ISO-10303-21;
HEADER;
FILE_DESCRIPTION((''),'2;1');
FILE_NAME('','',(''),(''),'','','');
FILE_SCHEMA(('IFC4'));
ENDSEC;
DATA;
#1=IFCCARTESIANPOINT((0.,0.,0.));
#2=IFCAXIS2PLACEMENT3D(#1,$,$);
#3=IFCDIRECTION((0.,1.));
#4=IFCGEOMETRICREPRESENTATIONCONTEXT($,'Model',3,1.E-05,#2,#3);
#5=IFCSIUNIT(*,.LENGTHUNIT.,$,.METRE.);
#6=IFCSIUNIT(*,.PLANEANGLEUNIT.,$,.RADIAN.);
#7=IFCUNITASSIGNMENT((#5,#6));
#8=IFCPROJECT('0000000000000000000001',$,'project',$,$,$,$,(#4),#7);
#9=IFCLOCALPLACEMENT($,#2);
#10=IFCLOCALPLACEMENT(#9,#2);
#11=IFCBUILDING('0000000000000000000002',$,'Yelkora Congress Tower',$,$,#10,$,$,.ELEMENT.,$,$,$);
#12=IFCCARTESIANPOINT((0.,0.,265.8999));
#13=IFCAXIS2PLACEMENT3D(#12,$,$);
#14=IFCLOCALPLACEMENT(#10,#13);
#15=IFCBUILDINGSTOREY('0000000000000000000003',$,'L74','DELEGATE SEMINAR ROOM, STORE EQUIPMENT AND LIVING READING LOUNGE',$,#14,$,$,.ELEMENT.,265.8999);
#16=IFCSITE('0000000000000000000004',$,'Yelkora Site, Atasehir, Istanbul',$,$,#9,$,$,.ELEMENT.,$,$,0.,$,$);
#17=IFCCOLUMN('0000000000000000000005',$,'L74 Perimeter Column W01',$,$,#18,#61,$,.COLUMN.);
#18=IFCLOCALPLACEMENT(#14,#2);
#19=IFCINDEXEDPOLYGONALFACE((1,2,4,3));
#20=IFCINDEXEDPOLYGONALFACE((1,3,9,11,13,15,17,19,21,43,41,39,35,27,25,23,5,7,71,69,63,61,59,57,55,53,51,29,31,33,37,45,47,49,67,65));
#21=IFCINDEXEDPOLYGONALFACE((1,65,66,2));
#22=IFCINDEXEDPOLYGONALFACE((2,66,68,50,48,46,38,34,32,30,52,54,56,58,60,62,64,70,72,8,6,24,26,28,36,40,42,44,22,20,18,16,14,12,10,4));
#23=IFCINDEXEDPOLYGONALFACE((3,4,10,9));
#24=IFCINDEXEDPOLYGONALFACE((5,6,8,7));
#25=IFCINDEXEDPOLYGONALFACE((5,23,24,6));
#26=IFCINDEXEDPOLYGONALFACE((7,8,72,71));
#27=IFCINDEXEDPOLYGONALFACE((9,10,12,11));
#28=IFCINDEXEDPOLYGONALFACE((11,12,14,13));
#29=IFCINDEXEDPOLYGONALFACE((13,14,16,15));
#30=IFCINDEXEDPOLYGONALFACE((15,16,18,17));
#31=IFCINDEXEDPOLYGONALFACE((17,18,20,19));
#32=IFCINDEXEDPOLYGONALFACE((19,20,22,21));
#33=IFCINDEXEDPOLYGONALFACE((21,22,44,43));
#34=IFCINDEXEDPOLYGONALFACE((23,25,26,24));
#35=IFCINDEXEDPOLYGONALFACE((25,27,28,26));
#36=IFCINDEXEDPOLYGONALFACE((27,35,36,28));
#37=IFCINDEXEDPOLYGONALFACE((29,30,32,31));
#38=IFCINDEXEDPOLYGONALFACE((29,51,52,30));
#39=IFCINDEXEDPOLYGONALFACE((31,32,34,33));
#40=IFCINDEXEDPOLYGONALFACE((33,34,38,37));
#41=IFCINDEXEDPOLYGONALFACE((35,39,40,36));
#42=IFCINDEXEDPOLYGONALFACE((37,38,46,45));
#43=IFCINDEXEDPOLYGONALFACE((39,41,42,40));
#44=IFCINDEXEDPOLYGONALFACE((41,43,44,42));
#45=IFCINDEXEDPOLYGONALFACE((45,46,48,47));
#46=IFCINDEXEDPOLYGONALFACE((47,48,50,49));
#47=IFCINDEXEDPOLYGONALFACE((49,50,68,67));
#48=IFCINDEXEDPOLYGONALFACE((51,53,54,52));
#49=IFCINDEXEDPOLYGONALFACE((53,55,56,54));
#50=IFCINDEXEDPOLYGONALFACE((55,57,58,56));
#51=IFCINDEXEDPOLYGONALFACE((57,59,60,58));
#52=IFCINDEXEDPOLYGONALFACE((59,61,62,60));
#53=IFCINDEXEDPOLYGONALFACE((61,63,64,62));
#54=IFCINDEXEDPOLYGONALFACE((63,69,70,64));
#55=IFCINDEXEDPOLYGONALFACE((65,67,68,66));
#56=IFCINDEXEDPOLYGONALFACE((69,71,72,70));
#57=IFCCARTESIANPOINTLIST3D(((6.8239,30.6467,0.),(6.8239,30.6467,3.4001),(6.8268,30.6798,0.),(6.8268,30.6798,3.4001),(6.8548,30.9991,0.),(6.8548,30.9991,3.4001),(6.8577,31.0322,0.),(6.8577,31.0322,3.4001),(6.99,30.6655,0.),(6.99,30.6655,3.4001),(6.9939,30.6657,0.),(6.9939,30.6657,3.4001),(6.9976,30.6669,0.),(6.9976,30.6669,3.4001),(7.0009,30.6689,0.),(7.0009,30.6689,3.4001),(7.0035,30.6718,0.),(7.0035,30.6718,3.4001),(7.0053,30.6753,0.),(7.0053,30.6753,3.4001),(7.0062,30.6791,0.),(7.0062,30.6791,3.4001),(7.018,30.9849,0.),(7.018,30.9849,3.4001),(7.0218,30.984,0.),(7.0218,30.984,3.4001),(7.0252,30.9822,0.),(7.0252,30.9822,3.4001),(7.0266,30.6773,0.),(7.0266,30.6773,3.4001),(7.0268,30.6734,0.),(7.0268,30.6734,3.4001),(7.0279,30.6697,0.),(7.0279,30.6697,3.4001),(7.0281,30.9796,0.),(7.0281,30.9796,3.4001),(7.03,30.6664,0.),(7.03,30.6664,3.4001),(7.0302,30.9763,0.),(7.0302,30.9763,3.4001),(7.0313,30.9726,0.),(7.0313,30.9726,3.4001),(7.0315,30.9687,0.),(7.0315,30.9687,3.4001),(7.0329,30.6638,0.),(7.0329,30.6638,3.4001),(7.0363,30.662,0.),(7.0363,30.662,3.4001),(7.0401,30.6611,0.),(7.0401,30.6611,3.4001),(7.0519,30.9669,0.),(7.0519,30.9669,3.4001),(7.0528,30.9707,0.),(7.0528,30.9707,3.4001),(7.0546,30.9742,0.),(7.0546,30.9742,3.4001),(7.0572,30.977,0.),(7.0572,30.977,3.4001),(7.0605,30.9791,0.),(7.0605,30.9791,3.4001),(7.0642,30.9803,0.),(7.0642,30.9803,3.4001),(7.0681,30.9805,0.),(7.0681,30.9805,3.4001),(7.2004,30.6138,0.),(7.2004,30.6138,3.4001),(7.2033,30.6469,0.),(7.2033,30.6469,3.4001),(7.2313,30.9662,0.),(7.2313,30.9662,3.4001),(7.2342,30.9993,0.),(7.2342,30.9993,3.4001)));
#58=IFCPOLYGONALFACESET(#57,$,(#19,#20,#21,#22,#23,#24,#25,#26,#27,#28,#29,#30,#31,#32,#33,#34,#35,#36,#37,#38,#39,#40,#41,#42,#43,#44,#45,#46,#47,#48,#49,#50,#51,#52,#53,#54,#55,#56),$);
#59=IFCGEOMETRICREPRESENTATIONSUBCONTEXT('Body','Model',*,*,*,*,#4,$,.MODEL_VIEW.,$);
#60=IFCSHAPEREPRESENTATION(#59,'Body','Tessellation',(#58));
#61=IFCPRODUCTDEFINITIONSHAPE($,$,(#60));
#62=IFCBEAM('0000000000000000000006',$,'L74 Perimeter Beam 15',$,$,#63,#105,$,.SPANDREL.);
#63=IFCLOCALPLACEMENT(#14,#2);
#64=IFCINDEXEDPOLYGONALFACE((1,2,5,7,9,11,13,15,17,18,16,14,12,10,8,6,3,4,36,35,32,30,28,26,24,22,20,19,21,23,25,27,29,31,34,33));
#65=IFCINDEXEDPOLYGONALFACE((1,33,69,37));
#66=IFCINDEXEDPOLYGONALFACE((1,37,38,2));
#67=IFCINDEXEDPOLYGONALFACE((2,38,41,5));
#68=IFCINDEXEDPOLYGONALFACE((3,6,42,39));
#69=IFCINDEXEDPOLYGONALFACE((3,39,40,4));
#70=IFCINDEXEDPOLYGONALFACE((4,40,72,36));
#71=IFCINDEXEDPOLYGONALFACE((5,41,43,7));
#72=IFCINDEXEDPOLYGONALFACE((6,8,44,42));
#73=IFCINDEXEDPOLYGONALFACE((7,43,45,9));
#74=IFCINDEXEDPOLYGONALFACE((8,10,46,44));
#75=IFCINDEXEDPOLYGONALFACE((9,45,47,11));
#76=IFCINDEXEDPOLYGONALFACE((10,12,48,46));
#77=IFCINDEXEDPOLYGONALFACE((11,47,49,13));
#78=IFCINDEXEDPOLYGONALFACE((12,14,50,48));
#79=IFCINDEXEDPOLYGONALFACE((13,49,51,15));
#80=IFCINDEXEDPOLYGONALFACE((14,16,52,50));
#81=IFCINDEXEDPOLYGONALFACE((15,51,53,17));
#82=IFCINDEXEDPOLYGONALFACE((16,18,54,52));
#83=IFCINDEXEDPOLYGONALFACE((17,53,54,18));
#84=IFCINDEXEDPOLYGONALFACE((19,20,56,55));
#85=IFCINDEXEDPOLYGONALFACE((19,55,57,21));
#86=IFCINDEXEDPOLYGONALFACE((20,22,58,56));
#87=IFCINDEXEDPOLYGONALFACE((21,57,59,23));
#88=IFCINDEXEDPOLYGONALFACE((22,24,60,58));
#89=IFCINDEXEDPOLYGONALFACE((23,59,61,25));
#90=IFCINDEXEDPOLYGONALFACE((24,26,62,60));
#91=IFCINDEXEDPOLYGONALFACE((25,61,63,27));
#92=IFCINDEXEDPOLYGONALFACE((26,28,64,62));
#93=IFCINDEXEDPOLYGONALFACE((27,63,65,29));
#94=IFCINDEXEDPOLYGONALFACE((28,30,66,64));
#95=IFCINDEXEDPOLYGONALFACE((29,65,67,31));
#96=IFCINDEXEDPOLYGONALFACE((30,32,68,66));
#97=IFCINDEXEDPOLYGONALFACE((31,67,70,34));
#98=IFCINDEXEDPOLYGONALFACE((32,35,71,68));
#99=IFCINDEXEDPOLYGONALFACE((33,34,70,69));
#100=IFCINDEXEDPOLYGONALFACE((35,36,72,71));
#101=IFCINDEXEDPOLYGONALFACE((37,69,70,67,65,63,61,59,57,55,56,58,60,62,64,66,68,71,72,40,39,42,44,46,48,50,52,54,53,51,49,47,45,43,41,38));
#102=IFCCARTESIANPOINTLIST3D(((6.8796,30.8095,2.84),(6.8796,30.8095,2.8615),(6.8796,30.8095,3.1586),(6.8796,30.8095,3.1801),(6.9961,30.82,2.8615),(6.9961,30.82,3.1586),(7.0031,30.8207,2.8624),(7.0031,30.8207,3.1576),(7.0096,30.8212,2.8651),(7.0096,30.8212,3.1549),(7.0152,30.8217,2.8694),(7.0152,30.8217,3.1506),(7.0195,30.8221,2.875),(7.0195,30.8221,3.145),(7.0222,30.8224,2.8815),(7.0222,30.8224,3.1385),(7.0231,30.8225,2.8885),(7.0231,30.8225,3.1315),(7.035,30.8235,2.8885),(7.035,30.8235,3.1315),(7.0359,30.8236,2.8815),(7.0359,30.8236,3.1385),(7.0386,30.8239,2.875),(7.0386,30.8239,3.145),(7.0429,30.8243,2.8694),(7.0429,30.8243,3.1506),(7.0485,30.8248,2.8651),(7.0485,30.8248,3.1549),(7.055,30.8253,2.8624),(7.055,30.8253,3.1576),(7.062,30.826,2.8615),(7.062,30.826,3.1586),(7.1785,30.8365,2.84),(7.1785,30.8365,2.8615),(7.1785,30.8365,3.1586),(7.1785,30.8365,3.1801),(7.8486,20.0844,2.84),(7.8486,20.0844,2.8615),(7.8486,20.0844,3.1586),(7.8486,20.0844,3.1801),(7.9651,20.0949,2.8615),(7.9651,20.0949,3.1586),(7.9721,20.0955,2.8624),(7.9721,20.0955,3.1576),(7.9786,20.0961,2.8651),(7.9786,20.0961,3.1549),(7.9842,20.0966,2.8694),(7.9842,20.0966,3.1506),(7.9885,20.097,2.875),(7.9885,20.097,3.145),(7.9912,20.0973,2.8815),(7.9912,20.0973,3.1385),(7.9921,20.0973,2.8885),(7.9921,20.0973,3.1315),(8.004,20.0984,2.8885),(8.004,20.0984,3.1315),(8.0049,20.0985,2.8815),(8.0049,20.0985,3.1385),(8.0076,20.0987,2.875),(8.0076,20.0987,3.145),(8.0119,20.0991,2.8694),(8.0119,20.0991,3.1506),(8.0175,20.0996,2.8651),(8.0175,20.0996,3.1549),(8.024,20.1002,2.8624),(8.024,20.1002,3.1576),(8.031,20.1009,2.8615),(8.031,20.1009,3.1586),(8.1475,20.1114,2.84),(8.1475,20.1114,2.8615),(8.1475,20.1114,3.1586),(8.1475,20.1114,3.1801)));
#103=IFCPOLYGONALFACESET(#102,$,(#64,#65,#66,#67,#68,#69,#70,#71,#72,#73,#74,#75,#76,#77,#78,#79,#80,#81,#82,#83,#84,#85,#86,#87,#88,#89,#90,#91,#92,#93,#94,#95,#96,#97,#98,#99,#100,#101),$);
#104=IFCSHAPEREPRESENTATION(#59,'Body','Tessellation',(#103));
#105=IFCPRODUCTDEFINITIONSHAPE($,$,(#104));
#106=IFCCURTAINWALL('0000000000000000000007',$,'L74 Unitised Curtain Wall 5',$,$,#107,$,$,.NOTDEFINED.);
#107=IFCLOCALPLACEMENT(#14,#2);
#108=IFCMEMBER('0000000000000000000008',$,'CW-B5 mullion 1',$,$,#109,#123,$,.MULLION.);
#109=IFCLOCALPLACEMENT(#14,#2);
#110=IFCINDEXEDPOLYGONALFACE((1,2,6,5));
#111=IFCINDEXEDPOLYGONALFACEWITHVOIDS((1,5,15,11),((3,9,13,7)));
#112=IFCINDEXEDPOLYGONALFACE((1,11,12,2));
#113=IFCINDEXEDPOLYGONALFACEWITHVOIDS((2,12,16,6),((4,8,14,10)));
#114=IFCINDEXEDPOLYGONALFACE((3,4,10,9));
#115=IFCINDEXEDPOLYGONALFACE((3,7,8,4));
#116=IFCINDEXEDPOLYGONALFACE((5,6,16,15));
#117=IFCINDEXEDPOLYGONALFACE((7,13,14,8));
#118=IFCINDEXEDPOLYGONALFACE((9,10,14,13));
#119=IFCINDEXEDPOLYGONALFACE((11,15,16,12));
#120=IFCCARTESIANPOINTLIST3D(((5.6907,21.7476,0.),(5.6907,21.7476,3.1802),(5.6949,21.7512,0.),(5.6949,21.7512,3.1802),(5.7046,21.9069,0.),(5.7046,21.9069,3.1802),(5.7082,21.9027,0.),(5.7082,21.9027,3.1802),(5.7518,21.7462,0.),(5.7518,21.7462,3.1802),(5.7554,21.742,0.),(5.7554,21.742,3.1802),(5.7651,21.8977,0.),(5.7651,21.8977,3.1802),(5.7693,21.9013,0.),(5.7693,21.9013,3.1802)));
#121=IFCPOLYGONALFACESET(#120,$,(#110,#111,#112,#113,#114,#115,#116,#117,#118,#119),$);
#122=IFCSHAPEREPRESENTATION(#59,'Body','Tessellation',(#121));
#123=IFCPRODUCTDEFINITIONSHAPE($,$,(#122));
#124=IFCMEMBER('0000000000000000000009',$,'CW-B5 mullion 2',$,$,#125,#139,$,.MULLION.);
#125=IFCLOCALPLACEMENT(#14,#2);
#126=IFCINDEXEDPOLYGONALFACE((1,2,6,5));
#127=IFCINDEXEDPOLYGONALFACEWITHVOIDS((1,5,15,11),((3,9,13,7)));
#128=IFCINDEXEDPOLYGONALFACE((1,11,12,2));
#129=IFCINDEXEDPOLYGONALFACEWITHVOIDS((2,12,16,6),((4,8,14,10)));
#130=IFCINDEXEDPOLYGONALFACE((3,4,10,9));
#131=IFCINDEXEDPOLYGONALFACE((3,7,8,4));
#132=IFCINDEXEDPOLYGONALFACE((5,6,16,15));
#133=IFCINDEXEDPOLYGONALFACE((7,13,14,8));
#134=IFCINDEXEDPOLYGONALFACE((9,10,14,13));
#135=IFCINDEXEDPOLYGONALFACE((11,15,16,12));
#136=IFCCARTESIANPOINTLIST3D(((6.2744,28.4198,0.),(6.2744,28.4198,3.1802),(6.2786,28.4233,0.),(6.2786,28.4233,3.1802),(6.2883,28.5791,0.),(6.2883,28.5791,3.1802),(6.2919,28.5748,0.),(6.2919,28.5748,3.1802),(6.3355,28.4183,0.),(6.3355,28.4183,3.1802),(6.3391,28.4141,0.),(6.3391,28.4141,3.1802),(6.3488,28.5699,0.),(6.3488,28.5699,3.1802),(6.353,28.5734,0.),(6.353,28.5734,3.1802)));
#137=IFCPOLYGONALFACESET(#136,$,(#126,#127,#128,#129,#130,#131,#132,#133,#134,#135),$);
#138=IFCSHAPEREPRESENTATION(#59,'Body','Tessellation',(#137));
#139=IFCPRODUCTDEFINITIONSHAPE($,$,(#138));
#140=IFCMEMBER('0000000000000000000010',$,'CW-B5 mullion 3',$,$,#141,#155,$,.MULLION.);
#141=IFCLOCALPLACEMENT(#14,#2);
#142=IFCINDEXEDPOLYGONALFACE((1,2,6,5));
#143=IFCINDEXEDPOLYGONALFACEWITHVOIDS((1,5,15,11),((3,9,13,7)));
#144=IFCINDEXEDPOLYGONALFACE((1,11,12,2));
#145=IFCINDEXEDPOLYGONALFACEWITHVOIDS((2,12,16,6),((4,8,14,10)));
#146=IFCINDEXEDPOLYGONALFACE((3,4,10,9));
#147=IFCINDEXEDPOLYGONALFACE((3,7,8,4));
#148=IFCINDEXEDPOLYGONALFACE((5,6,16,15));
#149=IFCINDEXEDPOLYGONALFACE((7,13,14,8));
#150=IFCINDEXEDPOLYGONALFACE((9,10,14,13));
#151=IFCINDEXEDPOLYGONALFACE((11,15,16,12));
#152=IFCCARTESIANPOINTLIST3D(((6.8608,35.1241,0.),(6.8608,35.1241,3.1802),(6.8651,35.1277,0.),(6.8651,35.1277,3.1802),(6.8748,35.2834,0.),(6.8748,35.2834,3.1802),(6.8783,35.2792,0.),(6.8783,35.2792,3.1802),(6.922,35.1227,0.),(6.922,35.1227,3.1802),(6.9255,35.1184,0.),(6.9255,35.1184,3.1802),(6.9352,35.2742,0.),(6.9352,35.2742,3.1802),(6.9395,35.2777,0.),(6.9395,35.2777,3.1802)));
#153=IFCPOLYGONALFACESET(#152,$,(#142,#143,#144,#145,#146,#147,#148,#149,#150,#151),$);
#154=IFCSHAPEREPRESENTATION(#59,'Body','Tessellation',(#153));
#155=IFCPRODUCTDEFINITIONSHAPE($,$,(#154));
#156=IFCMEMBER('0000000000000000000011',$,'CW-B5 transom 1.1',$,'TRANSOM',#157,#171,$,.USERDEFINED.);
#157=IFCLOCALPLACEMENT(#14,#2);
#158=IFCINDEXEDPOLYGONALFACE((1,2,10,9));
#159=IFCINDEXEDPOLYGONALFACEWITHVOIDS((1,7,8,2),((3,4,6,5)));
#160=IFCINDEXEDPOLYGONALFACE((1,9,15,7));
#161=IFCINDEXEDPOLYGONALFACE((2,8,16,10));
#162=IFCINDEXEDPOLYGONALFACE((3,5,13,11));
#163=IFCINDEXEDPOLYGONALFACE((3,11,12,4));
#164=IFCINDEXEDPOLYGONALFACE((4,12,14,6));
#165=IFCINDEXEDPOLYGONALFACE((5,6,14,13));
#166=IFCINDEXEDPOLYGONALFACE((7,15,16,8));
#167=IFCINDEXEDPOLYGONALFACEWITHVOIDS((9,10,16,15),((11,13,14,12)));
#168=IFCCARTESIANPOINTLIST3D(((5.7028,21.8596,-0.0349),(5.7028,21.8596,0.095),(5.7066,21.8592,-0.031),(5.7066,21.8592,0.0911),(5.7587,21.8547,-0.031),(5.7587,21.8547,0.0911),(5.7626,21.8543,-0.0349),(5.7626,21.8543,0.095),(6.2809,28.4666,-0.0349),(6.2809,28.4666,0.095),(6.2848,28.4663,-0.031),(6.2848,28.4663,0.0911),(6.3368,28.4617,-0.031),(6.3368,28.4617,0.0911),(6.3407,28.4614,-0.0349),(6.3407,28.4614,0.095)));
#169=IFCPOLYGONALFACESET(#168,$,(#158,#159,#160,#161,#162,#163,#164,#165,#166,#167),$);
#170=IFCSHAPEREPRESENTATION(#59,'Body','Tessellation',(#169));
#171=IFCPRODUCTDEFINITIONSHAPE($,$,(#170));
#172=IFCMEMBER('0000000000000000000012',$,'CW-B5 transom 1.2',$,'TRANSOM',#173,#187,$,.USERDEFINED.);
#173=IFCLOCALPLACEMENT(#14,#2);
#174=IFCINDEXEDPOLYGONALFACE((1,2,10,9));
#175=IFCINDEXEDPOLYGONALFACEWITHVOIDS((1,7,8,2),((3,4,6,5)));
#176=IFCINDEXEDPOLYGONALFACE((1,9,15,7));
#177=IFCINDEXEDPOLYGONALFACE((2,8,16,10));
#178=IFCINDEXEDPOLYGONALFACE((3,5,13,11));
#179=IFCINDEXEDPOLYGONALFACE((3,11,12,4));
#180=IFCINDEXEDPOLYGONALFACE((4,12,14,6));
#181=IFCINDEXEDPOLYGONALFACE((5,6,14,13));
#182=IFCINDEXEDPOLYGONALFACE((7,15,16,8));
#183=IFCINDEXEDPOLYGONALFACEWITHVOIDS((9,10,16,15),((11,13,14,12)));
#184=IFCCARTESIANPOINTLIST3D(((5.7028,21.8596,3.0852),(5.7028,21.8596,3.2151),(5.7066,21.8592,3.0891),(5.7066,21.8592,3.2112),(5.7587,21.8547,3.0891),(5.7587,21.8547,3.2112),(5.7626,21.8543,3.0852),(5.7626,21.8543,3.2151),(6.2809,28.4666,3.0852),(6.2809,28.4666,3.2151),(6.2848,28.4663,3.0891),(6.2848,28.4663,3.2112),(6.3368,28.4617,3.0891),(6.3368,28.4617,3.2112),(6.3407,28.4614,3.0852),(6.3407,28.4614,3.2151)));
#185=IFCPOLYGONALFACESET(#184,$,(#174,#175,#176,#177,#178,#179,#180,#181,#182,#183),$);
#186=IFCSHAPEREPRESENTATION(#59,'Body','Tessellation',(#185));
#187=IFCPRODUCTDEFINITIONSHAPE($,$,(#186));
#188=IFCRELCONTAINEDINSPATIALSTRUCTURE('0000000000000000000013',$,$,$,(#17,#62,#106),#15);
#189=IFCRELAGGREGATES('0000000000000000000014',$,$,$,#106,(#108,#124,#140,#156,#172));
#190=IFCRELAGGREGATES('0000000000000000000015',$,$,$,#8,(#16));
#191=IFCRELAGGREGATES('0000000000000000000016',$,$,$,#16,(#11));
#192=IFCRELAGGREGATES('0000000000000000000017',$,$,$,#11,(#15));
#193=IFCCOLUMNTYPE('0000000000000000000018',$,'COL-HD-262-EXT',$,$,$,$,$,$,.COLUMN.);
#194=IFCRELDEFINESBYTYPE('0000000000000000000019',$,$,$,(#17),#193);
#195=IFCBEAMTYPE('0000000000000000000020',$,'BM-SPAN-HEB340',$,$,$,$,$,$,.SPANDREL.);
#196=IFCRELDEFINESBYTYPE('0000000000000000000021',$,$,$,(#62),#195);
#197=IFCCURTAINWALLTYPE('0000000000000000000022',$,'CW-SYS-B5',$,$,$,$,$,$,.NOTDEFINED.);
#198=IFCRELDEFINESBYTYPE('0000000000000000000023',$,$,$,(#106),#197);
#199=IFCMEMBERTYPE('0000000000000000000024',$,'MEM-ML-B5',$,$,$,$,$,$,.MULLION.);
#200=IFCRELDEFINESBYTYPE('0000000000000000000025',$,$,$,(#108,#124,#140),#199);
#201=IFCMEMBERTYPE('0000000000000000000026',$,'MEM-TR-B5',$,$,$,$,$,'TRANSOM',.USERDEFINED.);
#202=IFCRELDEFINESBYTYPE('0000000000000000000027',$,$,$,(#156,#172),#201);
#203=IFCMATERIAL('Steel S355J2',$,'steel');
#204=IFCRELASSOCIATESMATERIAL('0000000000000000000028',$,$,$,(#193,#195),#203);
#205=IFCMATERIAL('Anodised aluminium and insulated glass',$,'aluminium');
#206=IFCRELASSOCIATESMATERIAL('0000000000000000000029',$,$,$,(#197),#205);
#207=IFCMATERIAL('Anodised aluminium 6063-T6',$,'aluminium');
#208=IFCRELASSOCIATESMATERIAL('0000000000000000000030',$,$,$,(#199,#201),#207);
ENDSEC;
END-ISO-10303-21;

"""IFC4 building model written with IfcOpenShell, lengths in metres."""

from ifc_helpers import new_model, si_unit, direction, frame, origin, origin_2d, place, context, subcontext, project, spatial, hollow_rectangle, i_section, extrude, material, material_profile, profile_set, type_object, element, aggregate, save


model = new_model("IFC4")

# Units and contexts
model_context = context("Model", 3, precision=1e-05, world=origin(), true_north=direction((0.0, 1.0)))
body_context = subcontext(model_context, "Body", "Model", "MODEL_VIEW")
ifc_project = project(units=[si_unit("LENGTHUNIT", "METRE"), si_unit("PLANEANGLEUNIT", "RADIAN")], contexts=[model_context])

# Site, building, storey
site_placement = place(None, origin())
site = spatial("IfcSite", under=ifc_project, at=site_placement, Name="Yelkora Site, Atasehir, Istanbul", CompositionType="ELEMENT", RefElevation=0.0)
building_placement = place(site_placement, origin())
building = spatial("IfcBuilding", under=site, at=building_placement, Name="Yelkora Congress Tower", CompositionType="ELEMENT")
storey_placement = place(building_placement, frame((0.0, 0.0, 265.8999)))
storey = spatial("IfcBuildingStorey", under=building, at=storey_placement, Name="L74", Description="DELEGATE SEMINAR ROOM, STORE EQUIPMENT AND LIVING READING LOUNGE", CompositionType="ELEMENT", Elevation=265.8999)

# Column
ifc_material_1 = material(Name="Steel S355J2", Category="steel")
ifc_material_profile_1 = material_profile(ifc_material_1, i_section(OverallWidth=0.3779, OverallDepth=0.387, WebThickness=0.0205, FlangeThickness=0.0332, FilletRadius=0.0149, at=origin_2d()), Name="HD 360x262")
ifc_profile_set_1 = profile_set([ifc_material_profile_1], Name="Steel S355J2")
column_type = type_object("IfcColumnType", Name="COL-HD-262-EXT", PredefinedType="COLUMN", material=ifc_profile_set_1)
column_placement = place(storey_placement, frame((7.0291, 30.823, 0.0), z_axis=(0.0, 0.0, 1.0), x_axis=(0.996195, -0.087156, 0.0)))
element("IfcColumn", 1, at=column_placement, inside=storey, type_object=column_type, Name="L74 Perimeter Column W01", PredefinedType="COLUMN", context=body_context, shape_type="SweptSolid", body=[
    extrude(i_section(OverallWidth=0.3779, OverallDepth=0.387, WebThickness=0.0205, FlangeThickness=0.0332, FilletRadius=0.0149, at=origin_2d()), origin(), (0.0, 0.0, 1.0), 3.4001),
])

# Beam
ifc_material_profile_2 = material_profile(ifc_material_1, i_section(OverallWidth=0.3, OverallDepth=0.3401, WebThickness=0.012, FlangeThickness=0.0215, FilletRadius=0.0271, at=origin_2d()), Name="HEB 340")
ifc_profile_set_2 = profile_set([ifc_material_profile_2], Name="Steel S355J2")
beam_type = type_object("IfcBeamType", Name="BM-SPAN-HEB340", PredefinedType="SPANDREL", material=ifc_profile_set_2)
beam_placement = place(storey_placement, frame((7.0291, 30.823, 3.01), z_axis=(0.089982, -0.995943, 0.0), x_axis=(0.995943, 0.089982, 0.0)))
element("IfcBeam", 2, at=beam_placement, inside=storey, type_object=beam_type, Name="L74 Perimeter Beam 15", PredefinedType="SPANDREL", context=body_context, shape_type="SweptSolid", body=[
    extrude(i_section(OverallWidth=0.3, OverallDepth=0.3401, WebThickness=0.012, FlangeThickness=0.0215, FilletRadius=0.0271, at=origin_2d()), origin(), (0.0, 0.0, 1.0), 10.7688),
])

# Curtain wall, members
ifc_material_2 = material(Name="Anodised aluminium and insulated glass", Category="aluminium")
curtain_wall_type = type_object("IfcCurtainWallType", Name="CW-SYS-B5", PredefinedType="NOTDEFINED", material=ifc_material_2)
curtain_wall_placement = place(storey_placement, origin())
curtain_wall = element("IfcCurtainWall", 3, at=curtain_wall_placement, inside=storey, type_object=curtain_wall_type, Name="L74 Unitised Curtain Wall 5", PredefinedType="NOTDEFINED")
ifc_material_3 = material(Name="Anodised aluminium 6063-T6", Category="aluminium")
ifc_material_profile_3 = material_profile(ifc_material_3, hollow_rectangle(XDim=0.0649, YDim=0.1599, WallThickness=0.0039, at=origin_2d()), Name="ALU 65x160x4")
ifc_profile_set_3 = profile_set([ifc_material_profile_3], Name="Anodised aluminium 6063-T6")
member_type_1 = type_object("IfcMemberType", Name="MEM-ML-B5", PredefinedType="MULLION", material=ifc_profile_set_3)
member_1_placement = place(storey_placement, frame((5.73, 21.8245, 0.0), z_axis=(0.0, 0.0, 1.0), x_axis=(-0.996195, 0.087155, 0.0)))
member_1 = element("IfcMember", 4, at=member_1_placement, type_object=member_type_1, Name="CW-B5 mullion 1", PredefinedType="MULLION", context=body_context, shape_type="SweptSolid", body=[
    extrude(hollow_rectangle(XDim=0.0649, YDim=0.1599, WallThickness=0.0039, at=origin_2d()), origin(), (0.0, 0.0, 1.0), 3.1802),
])
member_2_placement = place(storey_placement, frame((6.3137, 28.4966, 0.0), z_axis=(0.0, 0.0, 1.0), x_axis=(-0.996195, 0.087155, 0.0)))
member_2 = element("IfcMember", 5, at=member_2_placement, type_object=member_type_1, Name="CW-B5 mullion 2", PredefinedType="MULLION", context=body_context, shape_type="SweptSolid", body=[
    extrude(hollow_rectangle(XDim=0.0649, YDim=0.1599, WallThickness=0.0039, at=origin_2d()), origin(), (0.0, 0.0, 1.0), 3.1802),
])
member_3_placement = place(storey_placement, frame((6.9001, 35.2009, 0.0), z_axis=(0.0, 0.0, 1.0), x_axis=(-0.996195, 0.087155, 0.0)))
member_3 = element("IfcMember", 6, at=member_3_placement, type_object=member_type_1, Name="CW-B5 mullion 3", PredefinedType="MULLION", context=body_context, shape_type="SweptSolid", body=[
    extrude(hollow_rectangle(XDim=0.0649, YDim=0.1599, WallThickness=0.0039, at=origin_2d()), origin(), (0.0, 0.0, 1.0), 3.1802),
])
ifc_material_profile_4 = material_profile(ifc_material_3, hollow_rectangle(XDim=0.0601, YDim=0.1299, WallThickness=0.0039, at=origin_2d()), Name="ALU 60x130x4")
ifc_profile_set_4 = profile_set([ifc_material_profile_4], Name="Anodised aluminium 6063-T6")
member_type_2 = type_object("IfcMemberType", Name="MEM-TR-B5", ElementType="TRANSOM", PredefinedType="USERDEFINED", material=ifc_profile_set_4)
member_4_placement = place(storey_placement, frame((5.7327, 21.8569, 0.03), z_axis=(0.087166, 0.996194, 0.0), x_axis=(-0.996194, 0.087166, 0.0)))
member_4 = element("IfcMember", 7, at=member_4_placement, type_object=member_type_2, Name="CW-B5 transom 1.1", ObjectType="TRANSOM", PredefinedType="USERDEFINED", context=body_context, shape_type="SweptSolid", body=[
    extrude(hollow_rectangle(XDim=0.0601, YDim=0.1299, WallThickness=0.0039, at=origin_2d()), origin(), (0.0, 0.0, 1.0), 6.6323),
])
member_5_placement = place(storey_placement, frame((5.7327, 21.8569, 3.1501), z_axis=(0.087166, 0.996194, 0.0), x_axis=(-0.996194, 0.087166, 0.0)))
member_5 = element("IfcMember", 8, at=member_5_placement, type_object=member_type_2, Name="CW-B5 transom 1.2", ObjectType="TRANSOM", PredefinedType="USERDEFINED", context=body_context, shape_type="SweptSolid", body=[
    extrude(hollow_rectangle(XDim=0.0601, YDim=0.1299, WallThickness=0.0039, at=origin_2d()), origin(), (0.0, 0.0, 1.0), 6.6323),
])
aggregate(curtain_wall, [member_1, member_2, member_3, member_4, member_5])

save(model, "model.ifc")
